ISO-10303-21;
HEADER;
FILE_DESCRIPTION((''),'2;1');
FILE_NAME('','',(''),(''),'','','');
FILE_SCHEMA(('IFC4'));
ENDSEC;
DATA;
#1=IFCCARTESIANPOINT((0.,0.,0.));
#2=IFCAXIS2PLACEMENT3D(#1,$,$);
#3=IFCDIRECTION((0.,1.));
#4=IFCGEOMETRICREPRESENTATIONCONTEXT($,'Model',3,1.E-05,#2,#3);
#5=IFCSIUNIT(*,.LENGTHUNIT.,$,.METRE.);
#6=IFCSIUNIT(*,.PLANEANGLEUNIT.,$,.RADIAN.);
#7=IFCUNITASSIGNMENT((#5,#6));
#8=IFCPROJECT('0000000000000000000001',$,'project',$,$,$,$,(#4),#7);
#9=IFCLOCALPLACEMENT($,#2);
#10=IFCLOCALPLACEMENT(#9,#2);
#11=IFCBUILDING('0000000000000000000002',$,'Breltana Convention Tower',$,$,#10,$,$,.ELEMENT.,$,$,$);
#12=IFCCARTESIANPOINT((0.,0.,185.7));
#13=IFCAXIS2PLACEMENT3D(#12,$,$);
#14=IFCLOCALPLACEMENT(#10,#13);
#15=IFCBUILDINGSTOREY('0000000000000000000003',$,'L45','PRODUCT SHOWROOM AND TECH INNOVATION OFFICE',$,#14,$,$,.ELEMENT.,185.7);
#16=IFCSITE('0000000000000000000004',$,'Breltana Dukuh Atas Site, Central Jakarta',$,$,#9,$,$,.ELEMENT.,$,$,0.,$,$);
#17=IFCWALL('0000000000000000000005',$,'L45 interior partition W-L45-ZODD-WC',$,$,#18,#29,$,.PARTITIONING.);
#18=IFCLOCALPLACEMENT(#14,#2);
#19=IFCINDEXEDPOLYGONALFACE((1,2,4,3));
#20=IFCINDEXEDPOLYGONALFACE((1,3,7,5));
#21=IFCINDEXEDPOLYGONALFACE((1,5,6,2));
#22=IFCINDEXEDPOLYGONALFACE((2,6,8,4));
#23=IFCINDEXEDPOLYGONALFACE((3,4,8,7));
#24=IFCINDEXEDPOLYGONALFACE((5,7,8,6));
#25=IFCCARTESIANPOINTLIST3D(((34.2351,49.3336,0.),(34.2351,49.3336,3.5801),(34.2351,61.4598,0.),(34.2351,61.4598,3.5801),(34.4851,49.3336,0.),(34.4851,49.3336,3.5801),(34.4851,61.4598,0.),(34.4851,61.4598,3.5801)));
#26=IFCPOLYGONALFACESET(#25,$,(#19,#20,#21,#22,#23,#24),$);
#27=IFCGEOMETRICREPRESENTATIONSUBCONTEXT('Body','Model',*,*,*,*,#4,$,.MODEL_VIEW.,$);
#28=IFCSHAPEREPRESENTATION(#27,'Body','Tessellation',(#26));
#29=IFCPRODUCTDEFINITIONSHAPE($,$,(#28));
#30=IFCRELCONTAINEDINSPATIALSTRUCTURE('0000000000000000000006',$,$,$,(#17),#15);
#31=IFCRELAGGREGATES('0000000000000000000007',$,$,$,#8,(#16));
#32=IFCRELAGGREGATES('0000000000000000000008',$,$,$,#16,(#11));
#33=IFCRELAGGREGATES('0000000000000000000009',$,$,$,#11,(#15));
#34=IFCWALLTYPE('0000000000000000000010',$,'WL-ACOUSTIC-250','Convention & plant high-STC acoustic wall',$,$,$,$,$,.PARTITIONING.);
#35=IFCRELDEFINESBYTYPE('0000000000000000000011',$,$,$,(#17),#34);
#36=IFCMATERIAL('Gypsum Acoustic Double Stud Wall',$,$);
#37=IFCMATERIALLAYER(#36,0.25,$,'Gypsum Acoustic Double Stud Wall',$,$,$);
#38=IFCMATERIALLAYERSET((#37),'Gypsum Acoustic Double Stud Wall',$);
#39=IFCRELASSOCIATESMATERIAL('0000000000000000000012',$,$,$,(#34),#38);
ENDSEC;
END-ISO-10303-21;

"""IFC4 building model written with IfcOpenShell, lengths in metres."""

from ifc_helpers import new_model, si_unit, direction, frame, frame_2d, origin, place, context, subcontext, project, spatial, rectangle, extrude, source, transform, mapped, material, layer, layer_set, type_object, element, save


model = new_model("IFC4")

# Units and contexts
model_context = context("Model", 3, precision=1e-05, world=origin(), true_north=direction((0.0, 1.0)))
body_context = subcontext(model_context, "Body", "Model", "MODEL_VIEW")
ifc_project = project(units=[si_unit("LENGTHUNIT", "METRE"), si_unit("PLANEANGLEUNIT", "RADIAN")], contexts=[model_context])

# Site, building, storey
site_placement = place(None, origin())
site = spatial("IfcSite", under=ifc_project, at=site_placement, Name="Breltana Dukuh Atas Site, Central Jakarta", CompositionType="ELEMENT", RefElevation=0.0)
building_placement = place(site_placement, origin())
building = spatial("IfcBuilding", under=site, at=building_placement, Name="Breltana Convention Tower", CompositionType="ELEMENT")
storey_placement = place(building_placement, frame((0.0, 0.0, 185.7)))
storey = spatial("IfcBuildingStorey", under=building, at=storey_placement, Name="L45", Description="PRODUCT SHOWROOM AND TECH INNOVATION OFFICE", CompositionType="ELEMENT", Elevation=185.7)

# Wall
ifc_material_1 = material(Name="Gypsum Acoustic Double Stud Wall")
ifc_layer_1 = layer(ifc_material_1, 0.25, Name="Gypsum Acoustic Double Stud Wall")
ifc_layer_set_1 = layer_set([ifc_layer_1], Name="Gypsum Acoustic Double Stud Wall")
wall_type_1 = type_object("IfcWallType", Name="WL-ACOUSTIC-250", Description="Convention & plant high-STC acoustic wall", PredefinedType="PARTITIONING", material=ifc_layer_set_1)
shared_shape_1 = source(origin(), body_context, "Body", "SweptSolid", [
    extrude(rectangle(XDim=12.1262, YDim=0.25, at=frame_2d((6.063, 0.0))), origin(), (0.0, 0.0, 1.0), 3.5801),
])
wall_1_placement = place(storey_placement, frame((34.3601, 49.3337, 0.0), z_axis=(0.0, 0.0, 1.0), x_axis=(0.0, 1.0, 0.0)))
element("IfcWall", 1, at=wall_1_placement, inside=storey, type_object=wall_type_1, Name="L45 interior partition W-L45-ZODD-WC", PredefinedType="PARTITIONING", context=body_context, shape_type="MappedRepresentation", body=[
    mapped(shared_shape_1, transform((0.0, 0.0, 0.0), scale=1.0)),
])

save(model, "model.ifc")
